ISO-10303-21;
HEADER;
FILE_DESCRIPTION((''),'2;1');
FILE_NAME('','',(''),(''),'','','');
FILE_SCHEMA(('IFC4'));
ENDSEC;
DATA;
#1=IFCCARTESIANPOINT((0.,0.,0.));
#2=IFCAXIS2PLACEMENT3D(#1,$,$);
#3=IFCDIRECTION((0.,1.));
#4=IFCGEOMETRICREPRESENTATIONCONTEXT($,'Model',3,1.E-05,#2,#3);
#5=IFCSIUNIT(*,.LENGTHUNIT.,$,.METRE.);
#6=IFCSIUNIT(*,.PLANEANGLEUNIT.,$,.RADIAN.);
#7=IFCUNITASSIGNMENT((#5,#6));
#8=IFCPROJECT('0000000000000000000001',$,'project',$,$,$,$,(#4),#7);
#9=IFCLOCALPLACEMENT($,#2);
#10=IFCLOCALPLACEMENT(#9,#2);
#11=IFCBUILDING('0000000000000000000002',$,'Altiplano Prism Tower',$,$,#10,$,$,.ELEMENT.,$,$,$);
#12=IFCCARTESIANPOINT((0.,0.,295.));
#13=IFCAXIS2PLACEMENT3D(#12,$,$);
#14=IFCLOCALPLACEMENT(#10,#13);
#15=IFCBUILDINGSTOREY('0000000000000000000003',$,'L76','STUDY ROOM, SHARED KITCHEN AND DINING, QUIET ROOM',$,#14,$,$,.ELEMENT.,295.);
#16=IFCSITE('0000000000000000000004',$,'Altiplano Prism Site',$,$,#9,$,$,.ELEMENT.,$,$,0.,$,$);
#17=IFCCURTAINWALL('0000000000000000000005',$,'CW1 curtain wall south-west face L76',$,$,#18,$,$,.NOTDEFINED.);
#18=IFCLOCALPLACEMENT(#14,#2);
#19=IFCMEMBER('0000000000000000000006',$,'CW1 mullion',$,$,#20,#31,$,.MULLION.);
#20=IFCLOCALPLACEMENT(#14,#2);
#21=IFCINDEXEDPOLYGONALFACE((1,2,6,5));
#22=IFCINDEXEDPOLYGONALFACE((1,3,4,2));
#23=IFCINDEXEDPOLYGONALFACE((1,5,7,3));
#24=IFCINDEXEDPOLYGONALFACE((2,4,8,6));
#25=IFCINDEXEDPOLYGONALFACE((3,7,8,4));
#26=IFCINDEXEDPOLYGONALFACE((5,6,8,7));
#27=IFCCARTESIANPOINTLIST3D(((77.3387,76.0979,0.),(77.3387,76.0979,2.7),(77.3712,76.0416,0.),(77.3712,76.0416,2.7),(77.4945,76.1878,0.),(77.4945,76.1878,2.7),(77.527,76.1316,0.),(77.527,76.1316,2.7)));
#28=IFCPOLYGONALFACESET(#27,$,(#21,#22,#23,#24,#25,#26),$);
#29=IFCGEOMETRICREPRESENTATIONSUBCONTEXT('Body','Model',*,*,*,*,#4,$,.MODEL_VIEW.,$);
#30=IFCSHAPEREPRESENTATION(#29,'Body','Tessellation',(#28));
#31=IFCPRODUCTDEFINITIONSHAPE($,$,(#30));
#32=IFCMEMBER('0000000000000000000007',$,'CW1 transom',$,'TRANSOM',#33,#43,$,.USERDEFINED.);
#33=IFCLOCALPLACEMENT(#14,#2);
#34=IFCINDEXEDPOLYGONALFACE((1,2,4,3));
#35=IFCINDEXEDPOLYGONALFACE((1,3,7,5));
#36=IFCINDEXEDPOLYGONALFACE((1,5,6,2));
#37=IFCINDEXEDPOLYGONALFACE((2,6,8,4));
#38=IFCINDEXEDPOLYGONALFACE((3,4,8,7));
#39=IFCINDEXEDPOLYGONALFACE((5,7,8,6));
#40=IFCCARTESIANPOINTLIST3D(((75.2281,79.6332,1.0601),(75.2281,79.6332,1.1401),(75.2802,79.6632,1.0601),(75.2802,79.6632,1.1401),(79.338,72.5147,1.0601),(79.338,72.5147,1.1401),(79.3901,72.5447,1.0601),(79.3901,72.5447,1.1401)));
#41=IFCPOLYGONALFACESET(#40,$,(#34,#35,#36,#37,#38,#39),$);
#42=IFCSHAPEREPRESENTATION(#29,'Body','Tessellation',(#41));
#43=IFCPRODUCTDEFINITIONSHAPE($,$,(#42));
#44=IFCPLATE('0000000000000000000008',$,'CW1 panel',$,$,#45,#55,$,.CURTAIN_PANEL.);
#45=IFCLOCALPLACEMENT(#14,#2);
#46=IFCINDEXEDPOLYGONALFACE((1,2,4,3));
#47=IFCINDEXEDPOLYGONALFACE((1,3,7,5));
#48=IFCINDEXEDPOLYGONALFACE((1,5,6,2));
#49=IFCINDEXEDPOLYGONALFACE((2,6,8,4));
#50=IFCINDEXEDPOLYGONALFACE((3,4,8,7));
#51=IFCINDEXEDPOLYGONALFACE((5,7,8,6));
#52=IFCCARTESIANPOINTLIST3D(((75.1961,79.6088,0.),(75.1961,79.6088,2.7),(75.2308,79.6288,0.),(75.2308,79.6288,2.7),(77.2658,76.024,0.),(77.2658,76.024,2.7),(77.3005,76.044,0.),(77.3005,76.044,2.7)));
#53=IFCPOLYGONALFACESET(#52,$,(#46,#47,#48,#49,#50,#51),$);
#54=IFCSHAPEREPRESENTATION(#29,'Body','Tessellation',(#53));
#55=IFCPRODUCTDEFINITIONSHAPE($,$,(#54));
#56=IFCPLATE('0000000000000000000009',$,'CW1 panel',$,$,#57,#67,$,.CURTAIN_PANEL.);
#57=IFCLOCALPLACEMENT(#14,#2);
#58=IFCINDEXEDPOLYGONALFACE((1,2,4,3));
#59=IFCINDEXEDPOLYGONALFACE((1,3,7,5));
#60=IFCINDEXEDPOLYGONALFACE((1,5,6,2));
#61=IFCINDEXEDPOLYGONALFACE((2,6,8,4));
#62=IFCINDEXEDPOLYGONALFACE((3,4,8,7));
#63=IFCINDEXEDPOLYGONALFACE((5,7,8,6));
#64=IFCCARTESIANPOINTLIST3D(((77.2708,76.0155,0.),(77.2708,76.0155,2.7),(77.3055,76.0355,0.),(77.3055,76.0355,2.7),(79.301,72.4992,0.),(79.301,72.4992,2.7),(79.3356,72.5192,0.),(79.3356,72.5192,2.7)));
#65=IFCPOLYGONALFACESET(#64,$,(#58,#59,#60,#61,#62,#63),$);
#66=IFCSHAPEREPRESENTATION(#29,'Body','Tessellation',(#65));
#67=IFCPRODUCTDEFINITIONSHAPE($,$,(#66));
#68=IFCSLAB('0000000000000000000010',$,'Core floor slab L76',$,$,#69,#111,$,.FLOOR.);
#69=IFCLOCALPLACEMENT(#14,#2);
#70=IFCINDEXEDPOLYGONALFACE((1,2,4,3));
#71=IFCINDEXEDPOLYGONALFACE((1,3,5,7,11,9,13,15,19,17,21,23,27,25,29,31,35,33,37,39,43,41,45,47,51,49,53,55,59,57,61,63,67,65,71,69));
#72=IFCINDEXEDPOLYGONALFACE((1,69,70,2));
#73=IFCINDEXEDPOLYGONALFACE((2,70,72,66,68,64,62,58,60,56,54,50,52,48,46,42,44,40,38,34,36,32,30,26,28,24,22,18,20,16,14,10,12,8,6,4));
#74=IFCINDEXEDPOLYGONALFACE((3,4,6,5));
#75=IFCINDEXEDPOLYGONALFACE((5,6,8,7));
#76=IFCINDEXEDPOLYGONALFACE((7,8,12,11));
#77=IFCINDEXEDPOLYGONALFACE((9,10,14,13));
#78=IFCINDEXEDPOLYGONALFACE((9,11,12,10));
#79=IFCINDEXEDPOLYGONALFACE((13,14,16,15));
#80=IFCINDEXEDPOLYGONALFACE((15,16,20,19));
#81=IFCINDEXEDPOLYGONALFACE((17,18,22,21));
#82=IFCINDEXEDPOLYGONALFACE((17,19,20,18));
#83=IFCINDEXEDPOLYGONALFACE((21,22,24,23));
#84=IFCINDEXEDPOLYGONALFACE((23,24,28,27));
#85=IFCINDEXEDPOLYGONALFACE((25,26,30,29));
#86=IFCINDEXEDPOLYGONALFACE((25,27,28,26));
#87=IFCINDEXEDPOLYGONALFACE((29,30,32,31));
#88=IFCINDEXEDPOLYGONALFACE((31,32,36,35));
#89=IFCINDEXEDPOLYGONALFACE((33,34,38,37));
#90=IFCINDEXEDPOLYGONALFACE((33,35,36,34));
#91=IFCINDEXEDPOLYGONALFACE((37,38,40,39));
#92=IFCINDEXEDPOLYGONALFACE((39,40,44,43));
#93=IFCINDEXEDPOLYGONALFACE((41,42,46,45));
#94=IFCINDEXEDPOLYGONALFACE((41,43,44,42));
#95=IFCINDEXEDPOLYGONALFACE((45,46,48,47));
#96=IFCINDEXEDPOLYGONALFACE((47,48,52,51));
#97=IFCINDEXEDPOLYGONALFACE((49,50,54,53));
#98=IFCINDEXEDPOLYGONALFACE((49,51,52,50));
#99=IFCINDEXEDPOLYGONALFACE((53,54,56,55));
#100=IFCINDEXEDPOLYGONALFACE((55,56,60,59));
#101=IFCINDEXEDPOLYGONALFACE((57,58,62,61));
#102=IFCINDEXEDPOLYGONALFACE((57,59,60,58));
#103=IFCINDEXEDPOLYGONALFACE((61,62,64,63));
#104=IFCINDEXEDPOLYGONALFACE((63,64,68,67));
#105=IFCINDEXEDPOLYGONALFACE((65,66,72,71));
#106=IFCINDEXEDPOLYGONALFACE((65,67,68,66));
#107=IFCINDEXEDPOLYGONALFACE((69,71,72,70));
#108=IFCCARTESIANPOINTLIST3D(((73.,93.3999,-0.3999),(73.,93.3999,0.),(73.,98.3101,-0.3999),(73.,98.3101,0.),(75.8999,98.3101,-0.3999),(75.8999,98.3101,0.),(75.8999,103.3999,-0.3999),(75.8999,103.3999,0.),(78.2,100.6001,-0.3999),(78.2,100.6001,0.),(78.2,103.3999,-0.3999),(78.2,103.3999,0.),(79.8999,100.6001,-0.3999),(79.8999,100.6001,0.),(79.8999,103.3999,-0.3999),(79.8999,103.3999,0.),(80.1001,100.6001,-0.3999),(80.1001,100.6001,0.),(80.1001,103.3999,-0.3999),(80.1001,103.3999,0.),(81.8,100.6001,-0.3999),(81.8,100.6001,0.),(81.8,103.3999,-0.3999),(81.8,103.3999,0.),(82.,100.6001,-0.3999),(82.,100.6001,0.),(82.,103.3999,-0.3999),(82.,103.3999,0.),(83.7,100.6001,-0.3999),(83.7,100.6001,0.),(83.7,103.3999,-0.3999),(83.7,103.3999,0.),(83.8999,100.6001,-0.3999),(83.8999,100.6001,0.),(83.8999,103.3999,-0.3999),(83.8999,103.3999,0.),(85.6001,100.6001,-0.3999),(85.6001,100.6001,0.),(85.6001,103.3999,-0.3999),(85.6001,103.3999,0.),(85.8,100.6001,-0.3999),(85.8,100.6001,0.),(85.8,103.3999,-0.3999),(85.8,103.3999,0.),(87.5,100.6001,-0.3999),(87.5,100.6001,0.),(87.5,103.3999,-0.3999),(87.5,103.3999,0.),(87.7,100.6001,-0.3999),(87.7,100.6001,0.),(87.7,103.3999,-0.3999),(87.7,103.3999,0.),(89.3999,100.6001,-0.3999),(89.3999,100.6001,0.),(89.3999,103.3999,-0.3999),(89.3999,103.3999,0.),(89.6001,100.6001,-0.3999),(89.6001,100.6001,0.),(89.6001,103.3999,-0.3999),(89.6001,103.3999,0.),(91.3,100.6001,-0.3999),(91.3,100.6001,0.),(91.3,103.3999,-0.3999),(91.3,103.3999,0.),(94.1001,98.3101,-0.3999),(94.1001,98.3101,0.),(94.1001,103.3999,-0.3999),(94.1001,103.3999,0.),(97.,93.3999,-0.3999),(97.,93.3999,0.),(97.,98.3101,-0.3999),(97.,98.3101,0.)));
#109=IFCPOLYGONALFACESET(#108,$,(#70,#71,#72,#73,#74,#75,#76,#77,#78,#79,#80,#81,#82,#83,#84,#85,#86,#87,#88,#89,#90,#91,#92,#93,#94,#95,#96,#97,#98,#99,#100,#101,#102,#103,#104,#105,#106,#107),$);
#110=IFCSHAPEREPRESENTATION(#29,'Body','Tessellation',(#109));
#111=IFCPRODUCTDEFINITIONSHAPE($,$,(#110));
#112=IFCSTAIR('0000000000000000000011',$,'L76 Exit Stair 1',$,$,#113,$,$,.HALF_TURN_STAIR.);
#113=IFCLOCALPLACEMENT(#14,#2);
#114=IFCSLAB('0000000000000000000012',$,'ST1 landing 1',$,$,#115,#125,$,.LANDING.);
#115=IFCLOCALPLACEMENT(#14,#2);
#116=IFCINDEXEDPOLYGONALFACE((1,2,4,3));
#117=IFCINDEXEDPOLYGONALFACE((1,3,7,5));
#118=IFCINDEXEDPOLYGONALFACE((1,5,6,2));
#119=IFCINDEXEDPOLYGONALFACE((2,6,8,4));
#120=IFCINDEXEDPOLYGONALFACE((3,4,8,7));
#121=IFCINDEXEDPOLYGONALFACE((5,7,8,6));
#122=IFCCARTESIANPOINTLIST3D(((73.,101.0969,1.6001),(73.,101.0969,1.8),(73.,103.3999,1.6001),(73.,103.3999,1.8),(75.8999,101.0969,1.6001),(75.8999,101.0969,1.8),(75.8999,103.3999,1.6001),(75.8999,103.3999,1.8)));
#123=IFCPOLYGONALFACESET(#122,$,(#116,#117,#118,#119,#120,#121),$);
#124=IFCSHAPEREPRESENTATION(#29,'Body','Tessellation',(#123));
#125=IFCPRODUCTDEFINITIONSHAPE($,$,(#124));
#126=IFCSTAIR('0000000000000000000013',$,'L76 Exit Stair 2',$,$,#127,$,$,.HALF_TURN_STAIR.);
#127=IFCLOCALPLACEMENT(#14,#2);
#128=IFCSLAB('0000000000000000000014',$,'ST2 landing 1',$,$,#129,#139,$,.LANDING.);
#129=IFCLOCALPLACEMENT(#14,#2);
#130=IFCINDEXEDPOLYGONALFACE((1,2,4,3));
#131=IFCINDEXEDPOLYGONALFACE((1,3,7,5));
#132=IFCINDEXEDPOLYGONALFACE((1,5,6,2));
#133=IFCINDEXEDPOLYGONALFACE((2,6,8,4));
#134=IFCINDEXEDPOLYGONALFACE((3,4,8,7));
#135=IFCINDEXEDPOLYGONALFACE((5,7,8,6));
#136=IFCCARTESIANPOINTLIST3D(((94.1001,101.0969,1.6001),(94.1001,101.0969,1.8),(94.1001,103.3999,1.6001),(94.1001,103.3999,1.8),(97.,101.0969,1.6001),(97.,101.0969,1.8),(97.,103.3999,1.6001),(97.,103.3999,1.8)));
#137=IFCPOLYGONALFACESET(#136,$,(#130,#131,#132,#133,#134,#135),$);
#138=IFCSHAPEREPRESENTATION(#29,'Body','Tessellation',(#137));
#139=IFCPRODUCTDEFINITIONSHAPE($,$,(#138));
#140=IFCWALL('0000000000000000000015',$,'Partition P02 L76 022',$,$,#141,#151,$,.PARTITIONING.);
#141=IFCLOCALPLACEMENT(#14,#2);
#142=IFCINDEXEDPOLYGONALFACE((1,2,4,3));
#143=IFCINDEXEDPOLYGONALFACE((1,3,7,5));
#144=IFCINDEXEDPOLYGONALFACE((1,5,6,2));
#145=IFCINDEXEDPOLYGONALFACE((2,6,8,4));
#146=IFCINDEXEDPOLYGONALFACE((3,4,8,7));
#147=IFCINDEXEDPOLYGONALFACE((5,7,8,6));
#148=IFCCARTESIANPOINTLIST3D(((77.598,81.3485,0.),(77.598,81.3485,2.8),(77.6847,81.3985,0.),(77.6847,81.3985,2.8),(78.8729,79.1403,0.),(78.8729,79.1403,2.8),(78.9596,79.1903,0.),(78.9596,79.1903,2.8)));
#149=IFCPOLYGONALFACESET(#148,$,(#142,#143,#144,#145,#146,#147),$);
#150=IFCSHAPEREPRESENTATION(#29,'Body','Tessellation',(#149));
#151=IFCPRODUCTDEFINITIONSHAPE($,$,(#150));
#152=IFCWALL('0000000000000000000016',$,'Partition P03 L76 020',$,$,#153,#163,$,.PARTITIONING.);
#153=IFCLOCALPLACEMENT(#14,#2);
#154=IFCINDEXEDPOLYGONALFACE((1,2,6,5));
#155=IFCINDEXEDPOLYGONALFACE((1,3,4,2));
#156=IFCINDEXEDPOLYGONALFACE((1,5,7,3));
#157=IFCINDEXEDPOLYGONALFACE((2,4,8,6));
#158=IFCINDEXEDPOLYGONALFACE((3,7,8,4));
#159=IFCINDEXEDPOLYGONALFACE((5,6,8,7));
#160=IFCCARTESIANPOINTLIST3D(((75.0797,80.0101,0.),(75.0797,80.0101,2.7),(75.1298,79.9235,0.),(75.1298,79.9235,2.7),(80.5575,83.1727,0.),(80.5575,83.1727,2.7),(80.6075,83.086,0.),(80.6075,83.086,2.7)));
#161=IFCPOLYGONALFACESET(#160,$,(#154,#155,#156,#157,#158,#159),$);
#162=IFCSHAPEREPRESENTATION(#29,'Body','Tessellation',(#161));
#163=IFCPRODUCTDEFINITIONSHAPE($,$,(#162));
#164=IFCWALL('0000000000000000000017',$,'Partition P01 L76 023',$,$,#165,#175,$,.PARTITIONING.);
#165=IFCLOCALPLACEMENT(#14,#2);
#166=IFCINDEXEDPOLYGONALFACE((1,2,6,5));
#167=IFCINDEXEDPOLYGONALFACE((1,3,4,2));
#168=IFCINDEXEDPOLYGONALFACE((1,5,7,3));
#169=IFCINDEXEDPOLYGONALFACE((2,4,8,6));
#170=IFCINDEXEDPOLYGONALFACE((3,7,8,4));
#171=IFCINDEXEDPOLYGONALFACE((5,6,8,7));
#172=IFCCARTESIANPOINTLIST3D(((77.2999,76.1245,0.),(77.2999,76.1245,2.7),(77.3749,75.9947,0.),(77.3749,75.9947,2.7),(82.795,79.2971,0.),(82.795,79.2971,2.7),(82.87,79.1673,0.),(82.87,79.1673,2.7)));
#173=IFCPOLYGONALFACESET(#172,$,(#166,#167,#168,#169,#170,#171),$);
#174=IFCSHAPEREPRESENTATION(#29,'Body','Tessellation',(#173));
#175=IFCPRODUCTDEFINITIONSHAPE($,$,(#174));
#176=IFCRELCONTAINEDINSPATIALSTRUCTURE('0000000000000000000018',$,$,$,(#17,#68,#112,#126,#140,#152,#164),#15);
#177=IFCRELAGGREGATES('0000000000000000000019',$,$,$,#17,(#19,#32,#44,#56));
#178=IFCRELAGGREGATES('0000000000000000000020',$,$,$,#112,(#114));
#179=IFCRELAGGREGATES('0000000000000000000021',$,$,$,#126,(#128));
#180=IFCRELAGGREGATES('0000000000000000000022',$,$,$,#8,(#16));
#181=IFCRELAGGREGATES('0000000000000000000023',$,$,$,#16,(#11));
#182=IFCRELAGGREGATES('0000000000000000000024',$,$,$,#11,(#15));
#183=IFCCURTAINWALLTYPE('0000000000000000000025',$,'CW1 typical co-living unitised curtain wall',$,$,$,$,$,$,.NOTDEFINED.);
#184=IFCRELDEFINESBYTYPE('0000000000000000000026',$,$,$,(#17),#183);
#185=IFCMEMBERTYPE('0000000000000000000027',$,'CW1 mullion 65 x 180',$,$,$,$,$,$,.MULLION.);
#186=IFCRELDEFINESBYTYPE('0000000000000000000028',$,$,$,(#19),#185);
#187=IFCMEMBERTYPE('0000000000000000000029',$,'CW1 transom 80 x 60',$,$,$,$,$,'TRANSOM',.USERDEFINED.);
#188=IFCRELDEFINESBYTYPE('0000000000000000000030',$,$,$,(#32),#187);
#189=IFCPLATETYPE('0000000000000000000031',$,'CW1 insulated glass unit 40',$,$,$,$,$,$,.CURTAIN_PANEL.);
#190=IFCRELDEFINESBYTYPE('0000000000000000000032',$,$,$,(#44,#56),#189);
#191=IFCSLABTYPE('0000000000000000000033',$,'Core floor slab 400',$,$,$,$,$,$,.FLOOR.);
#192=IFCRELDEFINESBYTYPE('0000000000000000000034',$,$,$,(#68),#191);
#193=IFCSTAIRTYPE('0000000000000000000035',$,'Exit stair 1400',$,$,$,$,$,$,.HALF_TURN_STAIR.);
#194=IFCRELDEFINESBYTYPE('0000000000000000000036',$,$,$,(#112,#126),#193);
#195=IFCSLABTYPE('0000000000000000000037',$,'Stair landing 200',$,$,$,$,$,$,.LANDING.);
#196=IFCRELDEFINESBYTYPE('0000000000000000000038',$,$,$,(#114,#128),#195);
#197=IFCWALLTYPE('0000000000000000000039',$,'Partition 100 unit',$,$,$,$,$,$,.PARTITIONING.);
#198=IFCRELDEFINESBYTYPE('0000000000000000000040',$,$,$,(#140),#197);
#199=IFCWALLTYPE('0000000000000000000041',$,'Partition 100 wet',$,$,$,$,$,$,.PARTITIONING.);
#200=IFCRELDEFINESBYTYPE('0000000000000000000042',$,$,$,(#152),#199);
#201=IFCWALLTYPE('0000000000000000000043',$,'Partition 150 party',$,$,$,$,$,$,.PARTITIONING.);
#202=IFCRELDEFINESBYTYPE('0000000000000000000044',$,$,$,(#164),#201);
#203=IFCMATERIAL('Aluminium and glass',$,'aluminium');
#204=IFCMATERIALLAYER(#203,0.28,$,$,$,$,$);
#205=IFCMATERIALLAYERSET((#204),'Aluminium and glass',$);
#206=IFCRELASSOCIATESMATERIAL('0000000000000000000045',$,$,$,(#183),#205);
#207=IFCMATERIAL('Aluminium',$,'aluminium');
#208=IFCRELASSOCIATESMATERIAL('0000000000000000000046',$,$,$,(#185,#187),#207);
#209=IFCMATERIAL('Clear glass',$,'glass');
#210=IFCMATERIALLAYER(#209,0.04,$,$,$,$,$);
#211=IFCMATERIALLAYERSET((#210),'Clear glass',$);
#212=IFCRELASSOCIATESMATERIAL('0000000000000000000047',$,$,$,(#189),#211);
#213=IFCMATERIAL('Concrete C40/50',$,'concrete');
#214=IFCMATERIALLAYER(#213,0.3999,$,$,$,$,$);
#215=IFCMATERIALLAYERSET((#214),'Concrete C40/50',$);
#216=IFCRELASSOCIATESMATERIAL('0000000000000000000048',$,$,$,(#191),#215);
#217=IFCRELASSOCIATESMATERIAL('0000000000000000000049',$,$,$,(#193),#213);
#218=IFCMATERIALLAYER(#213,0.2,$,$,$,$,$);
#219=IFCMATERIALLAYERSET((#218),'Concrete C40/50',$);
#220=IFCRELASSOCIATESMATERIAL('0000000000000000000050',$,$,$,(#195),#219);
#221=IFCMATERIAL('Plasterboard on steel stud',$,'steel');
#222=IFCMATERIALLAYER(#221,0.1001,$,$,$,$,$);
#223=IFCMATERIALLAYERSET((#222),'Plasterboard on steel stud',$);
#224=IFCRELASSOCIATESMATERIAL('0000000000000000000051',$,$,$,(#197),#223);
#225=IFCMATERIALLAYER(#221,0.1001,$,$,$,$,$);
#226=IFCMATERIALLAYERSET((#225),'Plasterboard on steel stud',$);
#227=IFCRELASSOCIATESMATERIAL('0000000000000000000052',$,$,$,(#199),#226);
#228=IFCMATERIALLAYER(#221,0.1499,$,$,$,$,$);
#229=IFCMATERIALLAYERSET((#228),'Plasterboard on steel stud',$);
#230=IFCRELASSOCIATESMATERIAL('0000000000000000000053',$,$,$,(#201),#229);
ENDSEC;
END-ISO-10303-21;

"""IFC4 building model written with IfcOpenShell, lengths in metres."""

from ifc_helpers import new_model, si_unit, direction, frame, frame_2d, origin, origin_2d, place, context, subcontext, project, spatial, polyline, rectangle, outline, extrude, material, layer, layer_set, material_profile, profile_set, type_object, element, aggregate, save


model = new_model("IFC4")

# Units and contexts
model_context = context("Model", 3, precision=1e-05, world=origin(), true_north=direction((0.0, 1.0)))
body_context = subcontext(model_context, "Body", "Model", "MODEL_VIEW")
ifc_project = project(units=[si_unit("LENGTHUNIT", "METRE"), si_unit("PLANEANGLEUNIT", "RADIAN")], contexts=[model_context])

# Site, building, storey
site_placement = place(None, origin())
site = spatial("IfcSite", under=ifc_project, at=site_placement, Name="Altiplano Prism Site", CompositionType="ELEMENT", RefElevation=0.0)
building_placement = place(site_placement, origin())
building = spatial("IfcBuilding", under=site, at=building_placement, Name="Altiplano Prism Tower", CompositionType="ELEMENT")
storey_placement = place(building_placement, frame((0.0, 0.0, 295.0)))
storey = spatial("IfcBuildingStorey", under=building, at=storey_placement, Name="L76", Description="STUDY ROOM, SHARED KITCHEN AND DINING, QUIET ROOM", CompositionType="ELEMENT", Elevation=295.0)

# Curtain wall, members, plates
ifc_material_1 = material(Name="Aluminium and glass", Category="aluminium")
ifc_layer_1 = layer(ifc_material_1, 0.28)
ifc_layer_set_1 = layer_set([ifc_layer_1], Name="Aluminium and glass")
curtain_wall_type = type_object("IfcCurtainWallType", Name="CW1 typical co-living unitised curtain wall", PredefinedType="NOTDEFINED", material=ifc_layer_set_1)
curtain_wall_placement = place(storey_placement, origin())
curtain_wall = element("IfcCurtainWall", 1, at=curtain_wall_placement, inside=storey, type_object=curtain_wall_type, Name="CW1 curtain wall south-west face L76", PredefinedType="NOTDEFINED")
ifc_material_2 = material(Name="Aluminium", Category="aluminium")
ifc_material_profile_1 = material_profile(ifc_material_2, rectangle(XDim=0.1799, YDim=0.0649, at=origin_2d()), Name="CW1 mullion 65 x 180")
ifc_profile_set_1 = profile_set([ifc_material_profile_1], Name="Aluminium")
member_type_1 = type_object("IfcMemberType", Name="CW1 mullion 65 x 180", PredefinedType="MULLION", material=ifc_profile_set_1)
member_1_placement = place(storey_placement, frame((77.4329, 76.1147, 0.0), z_axis=(0.0, 0.0, 1.0), x_axis=(0.866025, 0.5, 0.0)))
member_1 = element("IfcMember", 2, at=member_1_placement, type_object=member_type_1, Name="CW1 mullion", PredefinedType="MULLION", context=body_context, shape_type="SweptSolid", body=[
    extrude(rectangle(XDim=0.1799, YDim=0.0649, at=origin_2d()), origin(), (0.0, 0.0, 1.0), 2.7),
])
ifc_material_profile_2 = material_profile(ifc_material_2, rectangle(XDim=0.0601, YDim=0.0801, at=origin_2d()), Name="CW1 transom 80 x 60")
ifc_profile_set_2 = profile_set([ifc_material_profile_2], Name="Aluminium")
member_type_2 = type_object("IfcMemberType", Name="CW1 transom 80 x 60", ElementType="TRANSOM", PredefinedType="USERDEFINED", material=ifc_profile_set_2)
member_2_placement = place(storey_placement, frame((75.2542, 79.6482, 1.1001), z_axis=(0.500004, -0.866023, 0.0), x_axis=(0.866023, 0.500004, 0.0)))
member_2 = element("IfcMember", 3, at=member_2_placement, type_object=member_type_2, Name="CW1 transom", ObjectType="TRANSOM", PredefinedType="USERDEFINED", context=body_context, shape_type="SweptSolid", body=[
    extrude(rectangle(XDim=0.0601, YDim=0.0801, at=origin_2d()), origin(), (0.0, 0.0, 1.0), 8.2197),
])
ifc_material_3 = material(Name="Clear glass", Category="glass")
ifc_layer_2 = layer(ifc_material_3, 0.04)
ifc_layer_set_2 = layer_set([ifc_layer_2], Name="Clear glass")
plate_type = type_object("IfcPlateType", Name="CW1 insulated glass unit 40", PredefinedType="CURTAIN_PANEL", material=ifc_layer_set_2)
plate_1_placement = place(storey_placement, frame((76.2483, 77.8264, 0.0), z_axis=(0.0, 0.0, 1.0), x_axis=(0.5, -0.866025, 0.0)))
plate_1 = element("IfcPlate", 4, at=plate_1_placement, type_object=plate_type, Name="CW1 panel", PredefinedType="CURTAIN_PANEL", context=body_context, shape_type="SweptSolid", body=[
    extrude(rectangle(XDim=4.1394, YDim=0.04, at=origin_2d()), origin(), (0.0, 0.0, 1.0), 2.7),
])
plate_2_placement = place(storey_placement, frame((78.3032, 74.2673, 0.0), z_axis=(0.0, 0.0, 1.0), x_axis=(0.5, -0.866025, 0.0)))
plate_2 = element("IfcPlate", 5, at=plate_2_placement, type_object=plate_type, Name="CW1 panel", PredefinedType="CURTAIN_PANEL", context=body_context, shape_type="SweptSolid", body=[
    extrude(rectangle(XDim=4.0603, YDim=0.04, at=origin_2d()), origin(), (0.0, 0.0, 1.0), 2.7),
])
aggregate(curtain_wall, [member_1, member_2, plate_1, plate_2])

# Slab
ifc_material_4 = material(Name="Concrete C40/50", Category="concrete")
ifc_layer_3 = layer(ifc_material_4, 0.3999)
ifc_layer_set_3 = layer_set([ifc_layer_3], Name="Concrete C40/50")
slab_type_1 = type_object("IfcSlabType", Name="Core floor slab 400", PredefinedType="FLOOR", material=ifc_layer_set_3)
slab_1_placement = place(storey_placement, frame((0.0, 0.0, -0.3999)))
element("IfcSlab", 6, at=slab_1_placement, inside=storey, type_object=slab_type_1, Name="Core floor slab L76", PredefinedType="FLOOR", context=body_context, shape_type="SweptSolid", body=[
    extrude(outline(polyline([(97.0, 98.3101), (94.1001, 98.3101), (94.1001, 103.3999), (91.3, 103.3999), (91.3, 100.6001), (89.6001, 100.6001), (89.6001, 103.3999), (89.3999, 103.3999), (89.3999, 100.6001), (87.7, 100.6001), (87.7, 103.3999), (87.5, 103.3999), (87.5, 100.6001), (85.8, 100.6001), (85.8, 103.3999), (85.6001, 103.3999), (85.6001, 100.6001), (83.8999, 100.6001), (83.8999, 103.3999), (83.7, 103.3999), (83.7, 100.6001), (82.0, 100.6001), (82.0, 103.3999), (81.8, 103.3999), (81.8, 100.6001), (80.1001, 100.6001), (80.1001, 103.3999), (79.8999, 103.3999), (79.8999, 100.6001), (78.2, 100.6001), (78.2, 103.3999), (75.8999, 103.3999), (75.8999, 98.3101), (73.0, 98.3101), (73.0, 93.3999), (97.0, 93.3999), (97.0, 98.3101)])), origin(), (0.0, 0.0, 1.0), 0.3999),
])

# Stairs, slabs
stair_type = type_object("IfcStairType", Name="Exit stair 1400", PredefinedType="HALF_TURN_STAIR", material=ifc_material_4)
stair_1_placement = place(storey_placement, origin())
stair_1 = element("IfcStair", 7, at=stair_1_placement, inside=storey, type_object=stair_type, Name="L76 Exit Stair 1", PredefinedType="HALF_TURN_STAIR")
ifc_layer_4 = layer(ifc_material_4, 0.2)
ifc_layer_set_4 = layer_set([ifc_layer_4], Name="Concrete C40/50")
slab_type_2 = type_object("IfcSlabType", Name="Stair landing 200", PredefinedType="LANDING", material=ifc_layer_set_4)
slab_2_placement = place(storey_placement, frame((0.0, 0.0, 1.6001)))
slab_2 = element("IfcSlab", 8, at=slab_2_placement, type_object=slab_type_2, Name="ST1 landing 1", PredefinedType="LANDING", context=body_context, shape_type="SweptSolid", body=[
    extrude(outline(polyline([(75.8999, 101.0969), (75.8999, 103.3999), (73.0, 103.3999), (73.0, 101.0969), (75.8999, 101.0969)])), origin(), (0.0, 0.0, 1.0), 0.2),
])
aggregate(stair_1, [slab_2])
stair_2_placement = place(storey_placement, origin())
stair_2 = element("IfcStair", 9, at=stair_2_placement, inside=storey, type_object=stair_type, Name="L76 Exit Stair 2", PredefinedType="HALF_TURN_STAIR")
slab_3_placement = place(storey_placement, frame((0.0, 0.0, 1.6001)))
slab_3 = element("IfcSlab", 10, at=slab_3_placement, type_object=slab_type_2, Name="ST2 landing 1", PredefinedType="LANDING", context=body_context, shape_type="SweptSolid", body=[
    extrude(outline(polyline([(97.0, 101.0969), (97.0, 103.3999), (94.1001, 103.3999), (94.1001, 101.0969), (97.0, 101.0969)])), origin(), (0.0, 0.0, 1.0), 0.2),
])
aggregate(stair_2, [slab_3])

# Walls
ifc_material_5 = material(Name="Plasterboard on steel stud", Category="steel")
ifc_layer_5 = layer(ifc_material_5, 0.1001)
ifc_layer_set_5 = layer_set([ifc_layer_5], Name="Plasterboard on steel stud")
wall_type_1 = type_object("IfcWallType", Name="Partition 100 unit", PredefinedType="PARTITIONING", material=ifc_layer_set_5)
wall_1_placement = place(storey_placement, frame((78.9163, 79.1653, 0.0), z_axis=(0.0, 0.0, 1.0), x_axis=(-0.49999, 0.866031, 0.0)))
element("IfcWall", 11, at=wall_1_placement, inside=storey, type_object=wall_type_1, Name="Partition P02 L76 022", PredefinedType="PARTITIONING", context=body_context, shape_type="SweptSolid", body=[
    extrude(rectangle(XDim=2.5498, YDim=0.1001, at=frame_2d((1.2749, 0.0))), origin(), (0.0, 0.0, 1.0), 2.8),
])
ifc_layer_6 = layer(ifc_material_5, 0.1001)
ifc_layer_set_6 = layer_set([ifc_layer_6], Name="Plasterboard on steel stud")
wall_type_2 = type_object("IfcWallType", Name="Partition 100 wet", PredefinedType="PARTITIONING", material=ifc_layer_set_6)
wall_2_placement = place(storey_placement, frame((75.1047, 79.9668, 0.0), z_axis=(0.0, 0.0, 1.0), x_axis=(0.866026, 0.5, 0.0)))
element("IfcWall", 12, at=wall_2_placement, inside=storey, type_object=wall_type_2, Name="Partition P03 L76 020", PredefinedType="PARTITIONING", context=body_context, shape_type="SweptSolid", body=[
    extrude(rectangle(XDim=6.3252, YDim=0.1001, at=frame_2d((3.1626, 0.0))), origin(), (0.0, 0.0, 1.0), 2.7),
])
ifc_layer_7 = layer(ifc_material_5, 0.1499)
ifc_layer_set_7 = layer_set([ifc_layer_7], Name="Plasterboard on steel stud")
wall_type_3 = type_object("IfcWallType", Name="Partition 150 party", PredefinedType="PARTITIONING", material=ifc_layer_set_7)
wall_3_placement = place(storey_placement, frame((77.3374, 76.0596, 0.0), z_axis=(0.0, 0.0, 1.0), x_axis=(0.866025, 0.5, 0.0)))
element("IfcWall", 13, at=wall_3_placement, inside=storey, type_object=wall_type_3, Name="Partition P01 L76 023", PredefinedType="PARTITIONING", context=body_context, shape_type="SweptSolid", body=[
    extrude(rectangle(XDim=6.3452, YDim=0.1499, at=frame_2d((3.1726, 0.0))), origin(), (0.0, 0.0, 1.0), 2.7),
])

save(model, "model.ifc")
